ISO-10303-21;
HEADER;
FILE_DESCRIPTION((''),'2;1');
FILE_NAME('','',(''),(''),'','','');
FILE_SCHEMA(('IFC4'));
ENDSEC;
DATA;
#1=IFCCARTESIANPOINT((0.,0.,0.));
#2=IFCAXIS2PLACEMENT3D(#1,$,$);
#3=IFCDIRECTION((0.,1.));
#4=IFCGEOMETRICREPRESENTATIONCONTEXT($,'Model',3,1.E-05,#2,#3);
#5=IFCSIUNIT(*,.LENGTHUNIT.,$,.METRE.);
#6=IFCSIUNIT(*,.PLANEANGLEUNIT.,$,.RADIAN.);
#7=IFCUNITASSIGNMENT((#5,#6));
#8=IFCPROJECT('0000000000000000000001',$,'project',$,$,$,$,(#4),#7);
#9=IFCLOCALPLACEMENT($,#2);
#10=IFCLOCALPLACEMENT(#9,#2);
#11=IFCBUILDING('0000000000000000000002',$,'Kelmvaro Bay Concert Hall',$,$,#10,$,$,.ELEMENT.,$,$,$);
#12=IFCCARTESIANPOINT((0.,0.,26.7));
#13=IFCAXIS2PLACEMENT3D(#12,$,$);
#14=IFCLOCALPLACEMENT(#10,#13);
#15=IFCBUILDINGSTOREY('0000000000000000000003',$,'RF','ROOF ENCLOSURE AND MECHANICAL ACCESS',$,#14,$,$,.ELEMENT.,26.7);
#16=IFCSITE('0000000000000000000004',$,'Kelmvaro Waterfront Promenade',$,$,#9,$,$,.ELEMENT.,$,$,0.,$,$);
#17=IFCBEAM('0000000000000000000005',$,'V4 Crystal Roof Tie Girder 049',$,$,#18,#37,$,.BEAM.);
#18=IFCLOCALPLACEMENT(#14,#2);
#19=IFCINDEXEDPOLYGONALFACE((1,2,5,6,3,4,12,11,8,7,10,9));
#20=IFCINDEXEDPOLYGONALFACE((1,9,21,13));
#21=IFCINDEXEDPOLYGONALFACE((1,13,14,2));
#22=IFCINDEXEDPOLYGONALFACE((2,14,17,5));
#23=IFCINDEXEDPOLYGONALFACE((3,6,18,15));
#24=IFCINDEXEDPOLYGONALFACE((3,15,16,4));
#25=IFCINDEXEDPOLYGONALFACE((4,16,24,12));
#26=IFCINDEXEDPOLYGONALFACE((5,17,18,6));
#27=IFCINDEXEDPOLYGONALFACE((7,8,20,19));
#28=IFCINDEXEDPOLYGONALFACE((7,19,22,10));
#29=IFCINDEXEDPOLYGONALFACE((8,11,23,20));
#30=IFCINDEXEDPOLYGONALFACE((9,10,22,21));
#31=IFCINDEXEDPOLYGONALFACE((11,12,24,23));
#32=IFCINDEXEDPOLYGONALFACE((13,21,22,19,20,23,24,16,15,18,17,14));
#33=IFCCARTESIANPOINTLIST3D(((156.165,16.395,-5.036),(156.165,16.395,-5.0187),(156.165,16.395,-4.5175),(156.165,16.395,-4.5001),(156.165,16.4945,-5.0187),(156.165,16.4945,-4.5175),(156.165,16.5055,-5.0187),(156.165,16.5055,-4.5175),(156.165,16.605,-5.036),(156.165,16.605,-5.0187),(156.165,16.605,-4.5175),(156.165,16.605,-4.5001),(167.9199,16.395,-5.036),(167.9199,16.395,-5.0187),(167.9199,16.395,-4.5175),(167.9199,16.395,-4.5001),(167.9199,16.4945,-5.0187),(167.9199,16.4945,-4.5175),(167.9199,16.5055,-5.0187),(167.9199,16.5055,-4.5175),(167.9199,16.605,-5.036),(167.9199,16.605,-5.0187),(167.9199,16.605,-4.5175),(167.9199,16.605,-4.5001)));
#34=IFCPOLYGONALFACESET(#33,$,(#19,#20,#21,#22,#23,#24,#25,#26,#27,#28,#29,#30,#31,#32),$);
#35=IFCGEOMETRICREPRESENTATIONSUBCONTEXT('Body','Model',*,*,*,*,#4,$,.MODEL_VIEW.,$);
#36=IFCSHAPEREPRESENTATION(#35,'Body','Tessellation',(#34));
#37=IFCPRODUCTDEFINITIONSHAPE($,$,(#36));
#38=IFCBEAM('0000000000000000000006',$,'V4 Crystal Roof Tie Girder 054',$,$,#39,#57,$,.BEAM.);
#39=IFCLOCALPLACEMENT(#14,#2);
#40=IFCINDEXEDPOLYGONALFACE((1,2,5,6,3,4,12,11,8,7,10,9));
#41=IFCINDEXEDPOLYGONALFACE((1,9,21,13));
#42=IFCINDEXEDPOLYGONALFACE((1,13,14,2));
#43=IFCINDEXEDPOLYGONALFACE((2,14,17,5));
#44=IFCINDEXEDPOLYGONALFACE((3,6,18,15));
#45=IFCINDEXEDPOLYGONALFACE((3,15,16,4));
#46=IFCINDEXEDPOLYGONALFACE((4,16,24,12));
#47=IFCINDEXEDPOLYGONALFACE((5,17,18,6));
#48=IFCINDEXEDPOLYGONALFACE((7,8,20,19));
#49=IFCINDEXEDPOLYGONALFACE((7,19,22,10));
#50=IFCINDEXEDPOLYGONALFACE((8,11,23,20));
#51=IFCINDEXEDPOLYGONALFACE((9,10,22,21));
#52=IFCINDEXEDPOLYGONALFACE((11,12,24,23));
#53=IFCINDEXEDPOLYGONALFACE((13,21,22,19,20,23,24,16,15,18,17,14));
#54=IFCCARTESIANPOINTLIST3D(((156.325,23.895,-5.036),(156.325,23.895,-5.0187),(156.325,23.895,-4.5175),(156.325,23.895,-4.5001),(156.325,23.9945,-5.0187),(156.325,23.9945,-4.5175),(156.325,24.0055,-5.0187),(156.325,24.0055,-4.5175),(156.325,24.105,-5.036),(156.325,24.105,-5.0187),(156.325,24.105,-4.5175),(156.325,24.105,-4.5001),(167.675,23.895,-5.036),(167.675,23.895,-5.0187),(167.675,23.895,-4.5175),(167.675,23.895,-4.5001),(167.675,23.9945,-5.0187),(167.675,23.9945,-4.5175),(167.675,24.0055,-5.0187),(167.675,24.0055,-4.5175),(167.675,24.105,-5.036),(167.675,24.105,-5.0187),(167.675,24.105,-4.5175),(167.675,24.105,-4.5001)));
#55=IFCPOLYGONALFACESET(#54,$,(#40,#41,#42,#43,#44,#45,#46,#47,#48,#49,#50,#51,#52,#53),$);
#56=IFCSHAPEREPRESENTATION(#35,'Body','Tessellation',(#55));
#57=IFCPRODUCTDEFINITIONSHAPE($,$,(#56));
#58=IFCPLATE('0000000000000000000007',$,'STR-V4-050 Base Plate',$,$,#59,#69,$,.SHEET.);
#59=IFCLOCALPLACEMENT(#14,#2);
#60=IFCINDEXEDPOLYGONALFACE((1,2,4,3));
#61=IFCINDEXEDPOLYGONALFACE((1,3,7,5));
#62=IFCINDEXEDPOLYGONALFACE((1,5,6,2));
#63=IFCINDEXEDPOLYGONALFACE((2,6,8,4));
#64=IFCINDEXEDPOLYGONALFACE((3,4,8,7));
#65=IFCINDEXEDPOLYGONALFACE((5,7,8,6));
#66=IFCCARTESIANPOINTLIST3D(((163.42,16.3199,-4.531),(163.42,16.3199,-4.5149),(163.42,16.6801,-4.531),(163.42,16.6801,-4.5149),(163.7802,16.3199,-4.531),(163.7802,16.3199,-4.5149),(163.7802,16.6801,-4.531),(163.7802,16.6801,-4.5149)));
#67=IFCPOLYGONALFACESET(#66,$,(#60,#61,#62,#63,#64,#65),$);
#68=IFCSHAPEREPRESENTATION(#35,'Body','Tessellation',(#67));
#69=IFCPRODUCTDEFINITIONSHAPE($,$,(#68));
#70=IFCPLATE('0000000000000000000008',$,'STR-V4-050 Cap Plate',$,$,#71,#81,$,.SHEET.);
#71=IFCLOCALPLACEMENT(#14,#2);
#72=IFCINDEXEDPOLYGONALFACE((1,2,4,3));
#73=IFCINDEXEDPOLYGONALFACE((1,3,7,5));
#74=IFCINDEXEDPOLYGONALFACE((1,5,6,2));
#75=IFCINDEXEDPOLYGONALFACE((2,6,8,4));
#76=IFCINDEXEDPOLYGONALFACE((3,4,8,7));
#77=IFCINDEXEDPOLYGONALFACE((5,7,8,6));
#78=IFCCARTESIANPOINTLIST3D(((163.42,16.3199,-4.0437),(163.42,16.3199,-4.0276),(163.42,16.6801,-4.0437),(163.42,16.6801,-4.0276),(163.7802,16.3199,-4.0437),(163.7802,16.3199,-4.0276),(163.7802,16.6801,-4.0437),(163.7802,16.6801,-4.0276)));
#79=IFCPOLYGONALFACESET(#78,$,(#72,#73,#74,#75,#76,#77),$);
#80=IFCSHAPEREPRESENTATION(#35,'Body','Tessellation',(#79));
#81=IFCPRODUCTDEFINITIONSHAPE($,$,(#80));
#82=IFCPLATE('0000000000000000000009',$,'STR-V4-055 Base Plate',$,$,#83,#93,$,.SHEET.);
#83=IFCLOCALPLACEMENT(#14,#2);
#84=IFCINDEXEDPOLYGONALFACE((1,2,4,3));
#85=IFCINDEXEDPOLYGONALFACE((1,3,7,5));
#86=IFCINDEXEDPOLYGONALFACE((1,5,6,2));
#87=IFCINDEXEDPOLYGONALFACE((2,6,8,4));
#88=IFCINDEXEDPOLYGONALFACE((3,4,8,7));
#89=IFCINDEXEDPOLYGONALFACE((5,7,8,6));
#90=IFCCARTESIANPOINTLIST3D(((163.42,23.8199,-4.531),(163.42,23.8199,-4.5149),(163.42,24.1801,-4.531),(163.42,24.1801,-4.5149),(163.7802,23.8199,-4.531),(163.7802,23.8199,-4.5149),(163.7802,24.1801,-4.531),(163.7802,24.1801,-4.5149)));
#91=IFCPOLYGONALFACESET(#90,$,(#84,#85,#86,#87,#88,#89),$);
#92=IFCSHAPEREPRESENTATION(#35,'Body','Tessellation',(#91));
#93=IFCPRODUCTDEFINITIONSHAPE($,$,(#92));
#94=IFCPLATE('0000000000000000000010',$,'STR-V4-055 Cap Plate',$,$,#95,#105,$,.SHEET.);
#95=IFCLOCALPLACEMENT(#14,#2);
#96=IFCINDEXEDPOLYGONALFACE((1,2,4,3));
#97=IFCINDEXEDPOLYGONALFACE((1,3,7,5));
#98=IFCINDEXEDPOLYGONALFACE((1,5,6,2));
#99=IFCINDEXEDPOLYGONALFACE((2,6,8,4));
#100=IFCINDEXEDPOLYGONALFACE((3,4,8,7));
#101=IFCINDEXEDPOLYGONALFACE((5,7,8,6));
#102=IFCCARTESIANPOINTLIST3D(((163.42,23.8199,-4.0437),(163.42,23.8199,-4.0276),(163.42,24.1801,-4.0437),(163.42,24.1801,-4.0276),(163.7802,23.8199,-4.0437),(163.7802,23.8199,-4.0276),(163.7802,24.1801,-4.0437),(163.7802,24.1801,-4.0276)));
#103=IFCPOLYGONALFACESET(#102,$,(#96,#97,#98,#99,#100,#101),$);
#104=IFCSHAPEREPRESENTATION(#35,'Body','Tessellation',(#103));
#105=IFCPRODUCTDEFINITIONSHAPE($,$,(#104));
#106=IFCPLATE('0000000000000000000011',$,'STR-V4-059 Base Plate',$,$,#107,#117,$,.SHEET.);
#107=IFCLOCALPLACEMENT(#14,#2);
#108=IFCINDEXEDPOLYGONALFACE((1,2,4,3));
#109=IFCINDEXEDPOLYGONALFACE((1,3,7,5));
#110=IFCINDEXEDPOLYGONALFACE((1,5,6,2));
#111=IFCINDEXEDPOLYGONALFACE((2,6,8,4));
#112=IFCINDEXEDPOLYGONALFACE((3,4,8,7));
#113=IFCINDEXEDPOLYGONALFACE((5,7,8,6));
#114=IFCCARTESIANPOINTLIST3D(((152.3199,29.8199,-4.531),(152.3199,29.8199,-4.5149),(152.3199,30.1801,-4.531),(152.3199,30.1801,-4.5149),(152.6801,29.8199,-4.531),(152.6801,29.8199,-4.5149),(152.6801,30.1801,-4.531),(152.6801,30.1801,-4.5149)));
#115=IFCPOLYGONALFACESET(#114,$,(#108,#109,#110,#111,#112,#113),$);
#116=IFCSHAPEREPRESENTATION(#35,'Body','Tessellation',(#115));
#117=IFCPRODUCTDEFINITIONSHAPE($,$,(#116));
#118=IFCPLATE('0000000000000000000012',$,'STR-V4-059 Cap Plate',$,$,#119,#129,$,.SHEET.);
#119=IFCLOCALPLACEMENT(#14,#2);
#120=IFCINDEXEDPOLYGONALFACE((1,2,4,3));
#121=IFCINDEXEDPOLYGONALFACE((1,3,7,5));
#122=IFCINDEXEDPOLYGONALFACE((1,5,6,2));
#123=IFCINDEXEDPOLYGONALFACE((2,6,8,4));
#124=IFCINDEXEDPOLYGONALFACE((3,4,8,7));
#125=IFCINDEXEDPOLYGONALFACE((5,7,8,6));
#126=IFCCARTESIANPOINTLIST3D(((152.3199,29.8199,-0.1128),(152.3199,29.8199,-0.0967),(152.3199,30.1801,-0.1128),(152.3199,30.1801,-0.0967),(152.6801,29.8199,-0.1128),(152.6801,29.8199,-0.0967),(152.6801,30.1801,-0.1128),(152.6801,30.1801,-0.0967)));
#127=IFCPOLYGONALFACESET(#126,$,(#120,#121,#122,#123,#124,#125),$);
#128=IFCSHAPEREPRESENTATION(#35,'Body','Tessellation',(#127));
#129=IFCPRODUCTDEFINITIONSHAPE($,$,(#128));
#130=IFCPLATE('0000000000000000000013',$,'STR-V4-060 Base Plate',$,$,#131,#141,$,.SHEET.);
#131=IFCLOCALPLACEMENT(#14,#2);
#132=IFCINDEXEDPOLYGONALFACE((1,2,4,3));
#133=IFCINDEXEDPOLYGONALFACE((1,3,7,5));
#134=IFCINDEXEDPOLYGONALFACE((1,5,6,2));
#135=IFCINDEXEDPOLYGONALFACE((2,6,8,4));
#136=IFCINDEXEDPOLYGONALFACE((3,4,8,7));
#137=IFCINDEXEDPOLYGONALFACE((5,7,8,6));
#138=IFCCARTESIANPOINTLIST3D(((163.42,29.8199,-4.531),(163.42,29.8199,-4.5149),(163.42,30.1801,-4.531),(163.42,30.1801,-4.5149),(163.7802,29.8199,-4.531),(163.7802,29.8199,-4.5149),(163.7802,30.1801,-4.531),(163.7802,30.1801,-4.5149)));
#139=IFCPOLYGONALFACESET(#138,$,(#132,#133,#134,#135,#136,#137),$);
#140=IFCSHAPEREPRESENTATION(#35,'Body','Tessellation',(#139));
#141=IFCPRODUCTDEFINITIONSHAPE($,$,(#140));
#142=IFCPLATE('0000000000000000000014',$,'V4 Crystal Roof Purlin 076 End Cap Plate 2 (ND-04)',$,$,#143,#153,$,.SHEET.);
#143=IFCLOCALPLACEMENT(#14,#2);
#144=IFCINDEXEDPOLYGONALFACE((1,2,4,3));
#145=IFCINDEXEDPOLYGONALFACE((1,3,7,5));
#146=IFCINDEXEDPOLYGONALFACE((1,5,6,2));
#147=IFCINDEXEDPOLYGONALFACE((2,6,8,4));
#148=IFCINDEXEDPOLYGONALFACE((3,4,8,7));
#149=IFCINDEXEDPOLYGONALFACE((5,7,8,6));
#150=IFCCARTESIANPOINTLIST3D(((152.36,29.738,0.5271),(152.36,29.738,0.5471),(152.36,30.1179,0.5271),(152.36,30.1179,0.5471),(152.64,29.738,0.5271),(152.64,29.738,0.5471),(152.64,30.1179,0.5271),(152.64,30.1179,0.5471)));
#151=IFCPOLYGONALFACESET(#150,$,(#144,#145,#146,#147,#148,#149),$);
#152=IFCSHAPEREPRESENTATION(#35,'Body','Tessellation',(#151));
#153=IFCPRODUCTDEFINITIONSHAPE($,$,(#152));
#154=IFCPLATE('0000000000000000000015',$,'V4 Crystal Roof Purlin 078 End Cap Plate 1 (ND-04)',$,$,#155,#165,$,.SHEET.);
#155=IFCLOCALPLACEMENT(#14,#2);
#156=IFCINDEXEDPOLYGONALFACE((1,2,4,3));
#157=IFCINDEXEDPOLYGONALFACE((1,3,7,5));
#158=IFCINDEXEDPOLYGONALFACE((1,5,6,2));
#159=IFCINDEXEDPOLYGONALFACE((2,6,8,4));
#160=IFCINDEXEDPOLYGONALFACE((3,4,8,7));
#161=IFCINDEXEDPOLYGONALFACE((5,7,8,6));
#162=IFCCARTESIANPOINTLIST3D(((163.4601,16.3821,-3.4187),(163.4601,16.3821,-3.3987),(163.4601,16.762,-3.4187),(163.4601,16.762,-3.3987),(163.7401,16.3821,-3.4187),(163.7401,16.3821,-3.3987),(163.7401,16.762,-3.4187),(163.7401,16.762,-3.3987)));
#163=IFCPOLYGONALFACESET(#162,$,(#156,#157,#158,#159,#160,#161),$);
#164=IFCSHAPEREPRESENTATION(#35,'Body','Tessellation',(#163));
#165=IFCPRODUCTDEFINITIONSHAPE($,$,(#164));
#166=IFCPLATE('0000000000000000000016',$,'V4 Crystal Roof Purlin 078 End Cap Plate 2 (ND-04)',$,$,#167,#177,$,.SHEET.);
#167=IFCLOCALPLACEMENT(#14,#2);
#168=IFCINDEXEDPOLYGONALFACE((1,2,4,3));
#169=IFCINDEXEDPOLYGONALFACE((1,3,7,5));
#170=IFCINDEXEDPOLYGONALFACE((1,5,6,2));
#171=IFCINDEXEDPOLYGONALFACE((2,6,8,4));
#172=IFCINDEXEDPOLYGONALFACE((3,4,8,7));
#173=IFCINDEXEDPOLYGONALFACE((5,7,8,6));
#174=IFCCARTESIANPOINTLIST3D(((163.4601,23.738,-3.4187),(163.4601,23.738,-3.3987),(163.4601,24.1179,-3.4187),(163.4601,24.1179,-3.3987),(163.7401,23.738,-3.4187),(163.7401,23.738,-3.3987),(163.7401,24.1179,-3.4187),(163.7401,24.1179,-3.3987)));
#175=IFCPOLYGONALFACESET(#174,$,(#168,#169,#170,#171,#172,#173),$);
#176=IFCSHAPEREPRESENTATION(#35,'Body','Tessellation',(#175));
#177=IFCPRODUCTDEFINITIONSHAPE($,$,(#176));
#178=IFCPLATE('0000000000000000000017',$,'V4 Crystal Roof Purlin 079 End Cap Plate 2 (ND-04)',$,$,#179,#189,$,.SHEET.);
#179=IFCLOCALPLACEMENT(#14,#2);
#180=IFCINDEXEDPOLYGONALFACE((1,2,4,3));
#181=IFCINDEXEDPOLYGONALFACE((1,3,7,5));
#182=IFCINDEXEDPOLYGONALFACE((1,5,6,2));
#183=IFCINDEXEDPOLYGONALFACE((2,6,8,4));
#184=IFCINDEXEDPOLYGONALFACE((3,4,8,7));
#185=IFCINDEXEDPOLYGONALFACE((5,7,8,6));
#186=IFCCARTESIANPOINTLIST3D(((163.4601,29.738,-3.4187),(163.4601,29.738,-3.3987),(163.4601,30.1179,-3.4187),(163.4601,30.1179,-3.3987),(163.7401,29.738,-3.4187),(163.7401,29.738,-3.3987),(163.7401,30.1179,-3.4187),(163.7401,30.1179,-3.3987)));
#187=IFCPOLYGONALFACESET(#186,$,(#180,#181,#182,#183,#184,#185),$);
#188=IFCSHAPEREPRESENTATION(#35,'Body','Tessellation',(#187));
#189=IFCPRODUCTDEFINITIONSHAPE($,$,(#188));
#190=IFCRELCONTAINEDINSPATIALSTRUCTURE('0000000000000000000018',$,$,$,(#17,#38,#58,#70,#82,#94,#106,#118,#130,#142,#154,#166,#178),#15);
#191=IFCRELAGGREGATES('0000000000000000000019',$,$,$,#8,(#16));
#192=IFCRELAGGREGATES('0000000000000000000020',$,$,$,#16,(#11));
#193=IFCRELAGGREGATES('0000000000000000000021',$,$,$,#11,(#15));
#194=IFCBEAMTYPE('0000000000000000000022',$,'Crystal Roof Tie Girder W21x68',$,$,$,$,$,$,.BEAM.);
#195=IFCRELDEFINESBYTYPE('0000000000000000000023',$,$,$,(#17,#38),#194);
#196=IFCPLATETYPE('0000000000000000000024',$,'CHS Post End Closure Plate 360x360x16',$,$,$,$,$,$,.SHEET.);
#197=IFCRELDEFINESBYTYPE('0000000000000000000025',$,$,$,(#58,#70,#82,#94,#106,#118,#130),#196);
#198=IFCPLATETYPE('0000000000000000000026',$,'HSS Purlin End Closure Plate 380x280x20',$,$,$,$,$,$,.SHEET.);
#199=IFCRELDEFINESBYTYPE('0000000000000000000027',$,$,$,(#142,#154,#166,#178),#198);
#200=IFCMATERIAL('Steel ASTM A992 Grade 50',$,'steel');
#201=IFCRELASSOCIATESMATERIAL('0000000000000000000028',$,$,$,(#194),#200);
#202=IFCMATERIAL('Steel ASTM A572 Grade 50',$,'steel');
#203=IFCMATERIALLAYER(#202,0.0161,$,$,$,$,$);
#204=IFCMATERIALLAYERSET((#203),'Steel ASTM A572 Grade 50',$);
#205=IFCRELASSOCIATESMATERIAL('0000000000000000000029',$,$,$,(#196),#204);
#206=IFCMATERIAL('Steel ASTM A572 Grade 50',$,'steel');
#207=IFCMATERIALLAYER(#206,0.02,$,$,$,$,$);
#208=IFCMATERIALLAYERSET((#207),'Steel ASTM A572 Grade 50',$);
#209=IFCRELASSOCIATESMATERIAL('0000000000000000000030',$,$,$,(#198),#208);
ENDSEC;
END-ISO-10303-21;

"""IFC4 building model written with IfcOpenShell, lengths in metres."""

from ifc_helpers import new_model, si_unit, direction, frame, origin, origin_2d, place, context, subcontext, project, spatial, rectangle, i_section, extrude, material, layer, layer_set, material_profile, profile_set, type_object, element, save


model = new_model("IFC4")

# Units and contexts
model_context = context("Model", 3, precision=1e-05, world=origin(), true_north=direction((0.0, 1.0)))
body_context = subcontext(model_context, "Body", "Model", "MODEL_VIEW")
ifc_project = project(units=[si_unit("LENGTHUNIT", "METRE"), si_unit("PLANEANGLEUNIT", "RADIAN")], contexts=[model_context])

# Site, building, storey
site_placement = place(None, origin())
site = spatial("IfcSite", under=ifc_project, at=site_placement, Name="Kelmvaro Waterfront Promenade", CompositionType="ELEMENT", RefElevation=0.0)
building_placement = place(site_placement, origin())
building = spatial("IfcBuilding", under=site, at=building_placement, Name="Kelmvaro Bay Concert Hall", CompositionType="ELEMENT")
storey_placement = place(building_placement, frame((0.0, 0.0, 26.7)))
storey = spatial("IfcBuildingStorey", under=building, at=storey_placement, Name="RF", Description="ROOF ENCLOSURE AND MECHANICAL ACCESS", CompositionType="ELEMENT", Elevation=26.7)

# Beams
ifc_material_1 = material(Name="Steel ASTM A992 Grade 50", Category="steel")
ifc_material_profile_1 = material_profile(ifc_material_1, i_section(OverallWidth=0.21, OverallDepth=0.5359, WebThickness=0.011, FlangeThickness=0.0173, at=origin_2d()), Name="W21X68")
ifc_profile_set_1 = profile_set([ifc_material_profile_1], Name="Steel ASTM A992 Grade 50")
beam_type_1 = type_object("IfcBeamType", Name="Crystal Roof Tie Girder W21x68", PredefinedType="BEAM", material=ifc_profile_set_1)
beam_1_placement = place(storey_placement, frame((156.165, 16.5, -4.7681), z_axis=(1.0, 0.0, 0.0), x_axis=(0.0, 1.0, 0.0)))
element("IfcBeam", 1, at=beam_1_placement, inside=storey, type_object=beam_type_1, Name="V4 Crystal Roof Tie Girder 049", PredefinedType="BEAM", context=body_context, shape_type="SweptSolid", body=[
    extrude(i_section(OverallWidth=0.21, OverallDepth=0.5359, WebThickness=0.011, FlangeThickness=0.0173, at=origin_2d()), origin(), (0.0, 0.0, 1.0), 11.7549),
])
beam_2_placement = place(storey_placement, frame((156.325, 24.0, -4.7681), z_axis=(1.0, 0.0, 0.0), x_axis=(0.0, 1.0, 0.0)))
element("IfcBeam", 2, at=beam_2_placement, inside=storey, type_object=beam_type_1, Name="V4 Crystal Roof Tie Girder 054", PredefinedType="BEAM", context=body_context, shape_type="SweptSolid", body=[
    extrude(i_section(OverallWidth=0.21, OverallDepth=0.5359, WebThickness=0.011, FlangeThickness=0.0173, at=origin_2d()), origin(), (0.0, 0.0, 1.0), 11.3501),
])

# Plates
ifc_material_2 = material(Name="Steel ASTM A572 Grade 50", Category="steel")
ifc_layer_1 = layer(ifc_material_2, 0.0161)
ifc_layer_set_1 = layer_set([ifc_layer_1], Name="Steel ASTM A572 Grade 50")
plate_type_1 = type_object("IfcPlateType", Name="CHS Post End Closure Plate 360x360x16", PredefinedType="SHEET", material=ifc_layer_set_1)
for number, where, z_axis, x_axis, name in (
    (3, (163.6001, 16.5, -4.531), (0.0, 0.0, 1.0), (1.0, 0.0, 0.0), "STR-V4-050 Base Plate"),
    (4, (163.6001, 16.5, -4.0437), (0.0, 0.0, 1.0), (1.0, 0.0, 0.0), "STR-V4-050 Cap Plate"),
    (5, (163.6001, 24.0, -4.531), (0.0, 0.0, 1.0), (1.0, 0.0, 0.0), "STR-V4-055 Base Plate"),
    (6, (163.6001, 24.0, -4.0437), (0.0, 0.0, 1.0), (1.0, 0.0, 0.0), "STR-V4-055 Cap Plate"),
    (7, (152.5, 30.0, -4.531), (0.0, 0.0, 1.0), (1.0, 0.0, 0.0), "STR-V4-059 Base Plate"),
    (8, (152.5, 30.0, -0.1128), (0.0, 0.0, 1.0), (1.0, 0.0, 0.0), "STR-V4-059 Cap Plate"),
    (9, (163.6001, 30.0, -4.531), (0.0, 0.0, 1.0), (1.0, 0.0, 0.0), "STR-V4-060 Base Plate"),
):
    element("IfcPlate", number, at=place(storey_placement, frame(where, z_axis=z_axis, x_axis=x_axis)), inside=storey, type_object=plate_type_1, Name=name, PredefinedType="SHEET", context=body_context, shape_type="SweptSolid", body=[
        extrude(rectangle(XDim=0.3601, YDim=0.3601, at=origin_2d()), origin(), (0.0, 0.0, 1.0), 0.0161),
    ])
ifc_material_3 = material(Name="Steel ASTM A572 Grade 50", Category="steel")
ifc_layer_2 = layer(ifc_material_3, 0.02)
ifc_layer_set_2 = layer_set([ifc_layer_2], Name="Steel ASTM A572 Grade 50")
plate_type_2 = type_object("IfcPlateType", Name="HSS Purlin End Closure Plate 380x280x20", PredefinedType="SHEET", material=ifc_layer_set_2)
for number, where, z_axis, x_axis, name in (
    (10, (152.5, 29.928, 0.5271), (0.0, 0.0, 1.0), (0.0, 1.0, 0.0), "V4 Crystal Roof Purlin 076 End Cap Plate 2 (ND-04)"),
    (11, (163.6001, 16.572, -3.4187), (0.0, 0.0, 1.0), (0.0, 1.0, 0.0), "V4 Crystal Roof Purlin 078 End Cap Plate 1 (ND-04)"),
    (12, (163.6001, 23.928, -3.4187), (0.0, 0.0, 1.0), (0.0, 1.0, 0.0), "V4 Crystal Roof Purlin 078 End Cap Plate 2 (ND-04)"),
    (13, (163.6001, 29.928, -3.4187), (0.0, 0.0, 1.0), (0.0, 1.0, 0.0), "V4 Crystal Roof Purlin 079 End Cap Plate 2 (ND-04)"),
):
    element("IfcPlate", number, at=place(storey_placement, frame(where, z_axis=z_axis, x_axis=x_axis)), inside=storey, type_object=plate_type_2, Name=name, PredefinedType="SHEET", context=body_context, shape_type="SweptSolid", body=[
        extrude(rectangle(XDim=0.3799, YDim=0.28, at=origin_2d()), origin(), (0.0, 0.0, 1.0), 0.02),
    ])

save(model, "model.ifc")
